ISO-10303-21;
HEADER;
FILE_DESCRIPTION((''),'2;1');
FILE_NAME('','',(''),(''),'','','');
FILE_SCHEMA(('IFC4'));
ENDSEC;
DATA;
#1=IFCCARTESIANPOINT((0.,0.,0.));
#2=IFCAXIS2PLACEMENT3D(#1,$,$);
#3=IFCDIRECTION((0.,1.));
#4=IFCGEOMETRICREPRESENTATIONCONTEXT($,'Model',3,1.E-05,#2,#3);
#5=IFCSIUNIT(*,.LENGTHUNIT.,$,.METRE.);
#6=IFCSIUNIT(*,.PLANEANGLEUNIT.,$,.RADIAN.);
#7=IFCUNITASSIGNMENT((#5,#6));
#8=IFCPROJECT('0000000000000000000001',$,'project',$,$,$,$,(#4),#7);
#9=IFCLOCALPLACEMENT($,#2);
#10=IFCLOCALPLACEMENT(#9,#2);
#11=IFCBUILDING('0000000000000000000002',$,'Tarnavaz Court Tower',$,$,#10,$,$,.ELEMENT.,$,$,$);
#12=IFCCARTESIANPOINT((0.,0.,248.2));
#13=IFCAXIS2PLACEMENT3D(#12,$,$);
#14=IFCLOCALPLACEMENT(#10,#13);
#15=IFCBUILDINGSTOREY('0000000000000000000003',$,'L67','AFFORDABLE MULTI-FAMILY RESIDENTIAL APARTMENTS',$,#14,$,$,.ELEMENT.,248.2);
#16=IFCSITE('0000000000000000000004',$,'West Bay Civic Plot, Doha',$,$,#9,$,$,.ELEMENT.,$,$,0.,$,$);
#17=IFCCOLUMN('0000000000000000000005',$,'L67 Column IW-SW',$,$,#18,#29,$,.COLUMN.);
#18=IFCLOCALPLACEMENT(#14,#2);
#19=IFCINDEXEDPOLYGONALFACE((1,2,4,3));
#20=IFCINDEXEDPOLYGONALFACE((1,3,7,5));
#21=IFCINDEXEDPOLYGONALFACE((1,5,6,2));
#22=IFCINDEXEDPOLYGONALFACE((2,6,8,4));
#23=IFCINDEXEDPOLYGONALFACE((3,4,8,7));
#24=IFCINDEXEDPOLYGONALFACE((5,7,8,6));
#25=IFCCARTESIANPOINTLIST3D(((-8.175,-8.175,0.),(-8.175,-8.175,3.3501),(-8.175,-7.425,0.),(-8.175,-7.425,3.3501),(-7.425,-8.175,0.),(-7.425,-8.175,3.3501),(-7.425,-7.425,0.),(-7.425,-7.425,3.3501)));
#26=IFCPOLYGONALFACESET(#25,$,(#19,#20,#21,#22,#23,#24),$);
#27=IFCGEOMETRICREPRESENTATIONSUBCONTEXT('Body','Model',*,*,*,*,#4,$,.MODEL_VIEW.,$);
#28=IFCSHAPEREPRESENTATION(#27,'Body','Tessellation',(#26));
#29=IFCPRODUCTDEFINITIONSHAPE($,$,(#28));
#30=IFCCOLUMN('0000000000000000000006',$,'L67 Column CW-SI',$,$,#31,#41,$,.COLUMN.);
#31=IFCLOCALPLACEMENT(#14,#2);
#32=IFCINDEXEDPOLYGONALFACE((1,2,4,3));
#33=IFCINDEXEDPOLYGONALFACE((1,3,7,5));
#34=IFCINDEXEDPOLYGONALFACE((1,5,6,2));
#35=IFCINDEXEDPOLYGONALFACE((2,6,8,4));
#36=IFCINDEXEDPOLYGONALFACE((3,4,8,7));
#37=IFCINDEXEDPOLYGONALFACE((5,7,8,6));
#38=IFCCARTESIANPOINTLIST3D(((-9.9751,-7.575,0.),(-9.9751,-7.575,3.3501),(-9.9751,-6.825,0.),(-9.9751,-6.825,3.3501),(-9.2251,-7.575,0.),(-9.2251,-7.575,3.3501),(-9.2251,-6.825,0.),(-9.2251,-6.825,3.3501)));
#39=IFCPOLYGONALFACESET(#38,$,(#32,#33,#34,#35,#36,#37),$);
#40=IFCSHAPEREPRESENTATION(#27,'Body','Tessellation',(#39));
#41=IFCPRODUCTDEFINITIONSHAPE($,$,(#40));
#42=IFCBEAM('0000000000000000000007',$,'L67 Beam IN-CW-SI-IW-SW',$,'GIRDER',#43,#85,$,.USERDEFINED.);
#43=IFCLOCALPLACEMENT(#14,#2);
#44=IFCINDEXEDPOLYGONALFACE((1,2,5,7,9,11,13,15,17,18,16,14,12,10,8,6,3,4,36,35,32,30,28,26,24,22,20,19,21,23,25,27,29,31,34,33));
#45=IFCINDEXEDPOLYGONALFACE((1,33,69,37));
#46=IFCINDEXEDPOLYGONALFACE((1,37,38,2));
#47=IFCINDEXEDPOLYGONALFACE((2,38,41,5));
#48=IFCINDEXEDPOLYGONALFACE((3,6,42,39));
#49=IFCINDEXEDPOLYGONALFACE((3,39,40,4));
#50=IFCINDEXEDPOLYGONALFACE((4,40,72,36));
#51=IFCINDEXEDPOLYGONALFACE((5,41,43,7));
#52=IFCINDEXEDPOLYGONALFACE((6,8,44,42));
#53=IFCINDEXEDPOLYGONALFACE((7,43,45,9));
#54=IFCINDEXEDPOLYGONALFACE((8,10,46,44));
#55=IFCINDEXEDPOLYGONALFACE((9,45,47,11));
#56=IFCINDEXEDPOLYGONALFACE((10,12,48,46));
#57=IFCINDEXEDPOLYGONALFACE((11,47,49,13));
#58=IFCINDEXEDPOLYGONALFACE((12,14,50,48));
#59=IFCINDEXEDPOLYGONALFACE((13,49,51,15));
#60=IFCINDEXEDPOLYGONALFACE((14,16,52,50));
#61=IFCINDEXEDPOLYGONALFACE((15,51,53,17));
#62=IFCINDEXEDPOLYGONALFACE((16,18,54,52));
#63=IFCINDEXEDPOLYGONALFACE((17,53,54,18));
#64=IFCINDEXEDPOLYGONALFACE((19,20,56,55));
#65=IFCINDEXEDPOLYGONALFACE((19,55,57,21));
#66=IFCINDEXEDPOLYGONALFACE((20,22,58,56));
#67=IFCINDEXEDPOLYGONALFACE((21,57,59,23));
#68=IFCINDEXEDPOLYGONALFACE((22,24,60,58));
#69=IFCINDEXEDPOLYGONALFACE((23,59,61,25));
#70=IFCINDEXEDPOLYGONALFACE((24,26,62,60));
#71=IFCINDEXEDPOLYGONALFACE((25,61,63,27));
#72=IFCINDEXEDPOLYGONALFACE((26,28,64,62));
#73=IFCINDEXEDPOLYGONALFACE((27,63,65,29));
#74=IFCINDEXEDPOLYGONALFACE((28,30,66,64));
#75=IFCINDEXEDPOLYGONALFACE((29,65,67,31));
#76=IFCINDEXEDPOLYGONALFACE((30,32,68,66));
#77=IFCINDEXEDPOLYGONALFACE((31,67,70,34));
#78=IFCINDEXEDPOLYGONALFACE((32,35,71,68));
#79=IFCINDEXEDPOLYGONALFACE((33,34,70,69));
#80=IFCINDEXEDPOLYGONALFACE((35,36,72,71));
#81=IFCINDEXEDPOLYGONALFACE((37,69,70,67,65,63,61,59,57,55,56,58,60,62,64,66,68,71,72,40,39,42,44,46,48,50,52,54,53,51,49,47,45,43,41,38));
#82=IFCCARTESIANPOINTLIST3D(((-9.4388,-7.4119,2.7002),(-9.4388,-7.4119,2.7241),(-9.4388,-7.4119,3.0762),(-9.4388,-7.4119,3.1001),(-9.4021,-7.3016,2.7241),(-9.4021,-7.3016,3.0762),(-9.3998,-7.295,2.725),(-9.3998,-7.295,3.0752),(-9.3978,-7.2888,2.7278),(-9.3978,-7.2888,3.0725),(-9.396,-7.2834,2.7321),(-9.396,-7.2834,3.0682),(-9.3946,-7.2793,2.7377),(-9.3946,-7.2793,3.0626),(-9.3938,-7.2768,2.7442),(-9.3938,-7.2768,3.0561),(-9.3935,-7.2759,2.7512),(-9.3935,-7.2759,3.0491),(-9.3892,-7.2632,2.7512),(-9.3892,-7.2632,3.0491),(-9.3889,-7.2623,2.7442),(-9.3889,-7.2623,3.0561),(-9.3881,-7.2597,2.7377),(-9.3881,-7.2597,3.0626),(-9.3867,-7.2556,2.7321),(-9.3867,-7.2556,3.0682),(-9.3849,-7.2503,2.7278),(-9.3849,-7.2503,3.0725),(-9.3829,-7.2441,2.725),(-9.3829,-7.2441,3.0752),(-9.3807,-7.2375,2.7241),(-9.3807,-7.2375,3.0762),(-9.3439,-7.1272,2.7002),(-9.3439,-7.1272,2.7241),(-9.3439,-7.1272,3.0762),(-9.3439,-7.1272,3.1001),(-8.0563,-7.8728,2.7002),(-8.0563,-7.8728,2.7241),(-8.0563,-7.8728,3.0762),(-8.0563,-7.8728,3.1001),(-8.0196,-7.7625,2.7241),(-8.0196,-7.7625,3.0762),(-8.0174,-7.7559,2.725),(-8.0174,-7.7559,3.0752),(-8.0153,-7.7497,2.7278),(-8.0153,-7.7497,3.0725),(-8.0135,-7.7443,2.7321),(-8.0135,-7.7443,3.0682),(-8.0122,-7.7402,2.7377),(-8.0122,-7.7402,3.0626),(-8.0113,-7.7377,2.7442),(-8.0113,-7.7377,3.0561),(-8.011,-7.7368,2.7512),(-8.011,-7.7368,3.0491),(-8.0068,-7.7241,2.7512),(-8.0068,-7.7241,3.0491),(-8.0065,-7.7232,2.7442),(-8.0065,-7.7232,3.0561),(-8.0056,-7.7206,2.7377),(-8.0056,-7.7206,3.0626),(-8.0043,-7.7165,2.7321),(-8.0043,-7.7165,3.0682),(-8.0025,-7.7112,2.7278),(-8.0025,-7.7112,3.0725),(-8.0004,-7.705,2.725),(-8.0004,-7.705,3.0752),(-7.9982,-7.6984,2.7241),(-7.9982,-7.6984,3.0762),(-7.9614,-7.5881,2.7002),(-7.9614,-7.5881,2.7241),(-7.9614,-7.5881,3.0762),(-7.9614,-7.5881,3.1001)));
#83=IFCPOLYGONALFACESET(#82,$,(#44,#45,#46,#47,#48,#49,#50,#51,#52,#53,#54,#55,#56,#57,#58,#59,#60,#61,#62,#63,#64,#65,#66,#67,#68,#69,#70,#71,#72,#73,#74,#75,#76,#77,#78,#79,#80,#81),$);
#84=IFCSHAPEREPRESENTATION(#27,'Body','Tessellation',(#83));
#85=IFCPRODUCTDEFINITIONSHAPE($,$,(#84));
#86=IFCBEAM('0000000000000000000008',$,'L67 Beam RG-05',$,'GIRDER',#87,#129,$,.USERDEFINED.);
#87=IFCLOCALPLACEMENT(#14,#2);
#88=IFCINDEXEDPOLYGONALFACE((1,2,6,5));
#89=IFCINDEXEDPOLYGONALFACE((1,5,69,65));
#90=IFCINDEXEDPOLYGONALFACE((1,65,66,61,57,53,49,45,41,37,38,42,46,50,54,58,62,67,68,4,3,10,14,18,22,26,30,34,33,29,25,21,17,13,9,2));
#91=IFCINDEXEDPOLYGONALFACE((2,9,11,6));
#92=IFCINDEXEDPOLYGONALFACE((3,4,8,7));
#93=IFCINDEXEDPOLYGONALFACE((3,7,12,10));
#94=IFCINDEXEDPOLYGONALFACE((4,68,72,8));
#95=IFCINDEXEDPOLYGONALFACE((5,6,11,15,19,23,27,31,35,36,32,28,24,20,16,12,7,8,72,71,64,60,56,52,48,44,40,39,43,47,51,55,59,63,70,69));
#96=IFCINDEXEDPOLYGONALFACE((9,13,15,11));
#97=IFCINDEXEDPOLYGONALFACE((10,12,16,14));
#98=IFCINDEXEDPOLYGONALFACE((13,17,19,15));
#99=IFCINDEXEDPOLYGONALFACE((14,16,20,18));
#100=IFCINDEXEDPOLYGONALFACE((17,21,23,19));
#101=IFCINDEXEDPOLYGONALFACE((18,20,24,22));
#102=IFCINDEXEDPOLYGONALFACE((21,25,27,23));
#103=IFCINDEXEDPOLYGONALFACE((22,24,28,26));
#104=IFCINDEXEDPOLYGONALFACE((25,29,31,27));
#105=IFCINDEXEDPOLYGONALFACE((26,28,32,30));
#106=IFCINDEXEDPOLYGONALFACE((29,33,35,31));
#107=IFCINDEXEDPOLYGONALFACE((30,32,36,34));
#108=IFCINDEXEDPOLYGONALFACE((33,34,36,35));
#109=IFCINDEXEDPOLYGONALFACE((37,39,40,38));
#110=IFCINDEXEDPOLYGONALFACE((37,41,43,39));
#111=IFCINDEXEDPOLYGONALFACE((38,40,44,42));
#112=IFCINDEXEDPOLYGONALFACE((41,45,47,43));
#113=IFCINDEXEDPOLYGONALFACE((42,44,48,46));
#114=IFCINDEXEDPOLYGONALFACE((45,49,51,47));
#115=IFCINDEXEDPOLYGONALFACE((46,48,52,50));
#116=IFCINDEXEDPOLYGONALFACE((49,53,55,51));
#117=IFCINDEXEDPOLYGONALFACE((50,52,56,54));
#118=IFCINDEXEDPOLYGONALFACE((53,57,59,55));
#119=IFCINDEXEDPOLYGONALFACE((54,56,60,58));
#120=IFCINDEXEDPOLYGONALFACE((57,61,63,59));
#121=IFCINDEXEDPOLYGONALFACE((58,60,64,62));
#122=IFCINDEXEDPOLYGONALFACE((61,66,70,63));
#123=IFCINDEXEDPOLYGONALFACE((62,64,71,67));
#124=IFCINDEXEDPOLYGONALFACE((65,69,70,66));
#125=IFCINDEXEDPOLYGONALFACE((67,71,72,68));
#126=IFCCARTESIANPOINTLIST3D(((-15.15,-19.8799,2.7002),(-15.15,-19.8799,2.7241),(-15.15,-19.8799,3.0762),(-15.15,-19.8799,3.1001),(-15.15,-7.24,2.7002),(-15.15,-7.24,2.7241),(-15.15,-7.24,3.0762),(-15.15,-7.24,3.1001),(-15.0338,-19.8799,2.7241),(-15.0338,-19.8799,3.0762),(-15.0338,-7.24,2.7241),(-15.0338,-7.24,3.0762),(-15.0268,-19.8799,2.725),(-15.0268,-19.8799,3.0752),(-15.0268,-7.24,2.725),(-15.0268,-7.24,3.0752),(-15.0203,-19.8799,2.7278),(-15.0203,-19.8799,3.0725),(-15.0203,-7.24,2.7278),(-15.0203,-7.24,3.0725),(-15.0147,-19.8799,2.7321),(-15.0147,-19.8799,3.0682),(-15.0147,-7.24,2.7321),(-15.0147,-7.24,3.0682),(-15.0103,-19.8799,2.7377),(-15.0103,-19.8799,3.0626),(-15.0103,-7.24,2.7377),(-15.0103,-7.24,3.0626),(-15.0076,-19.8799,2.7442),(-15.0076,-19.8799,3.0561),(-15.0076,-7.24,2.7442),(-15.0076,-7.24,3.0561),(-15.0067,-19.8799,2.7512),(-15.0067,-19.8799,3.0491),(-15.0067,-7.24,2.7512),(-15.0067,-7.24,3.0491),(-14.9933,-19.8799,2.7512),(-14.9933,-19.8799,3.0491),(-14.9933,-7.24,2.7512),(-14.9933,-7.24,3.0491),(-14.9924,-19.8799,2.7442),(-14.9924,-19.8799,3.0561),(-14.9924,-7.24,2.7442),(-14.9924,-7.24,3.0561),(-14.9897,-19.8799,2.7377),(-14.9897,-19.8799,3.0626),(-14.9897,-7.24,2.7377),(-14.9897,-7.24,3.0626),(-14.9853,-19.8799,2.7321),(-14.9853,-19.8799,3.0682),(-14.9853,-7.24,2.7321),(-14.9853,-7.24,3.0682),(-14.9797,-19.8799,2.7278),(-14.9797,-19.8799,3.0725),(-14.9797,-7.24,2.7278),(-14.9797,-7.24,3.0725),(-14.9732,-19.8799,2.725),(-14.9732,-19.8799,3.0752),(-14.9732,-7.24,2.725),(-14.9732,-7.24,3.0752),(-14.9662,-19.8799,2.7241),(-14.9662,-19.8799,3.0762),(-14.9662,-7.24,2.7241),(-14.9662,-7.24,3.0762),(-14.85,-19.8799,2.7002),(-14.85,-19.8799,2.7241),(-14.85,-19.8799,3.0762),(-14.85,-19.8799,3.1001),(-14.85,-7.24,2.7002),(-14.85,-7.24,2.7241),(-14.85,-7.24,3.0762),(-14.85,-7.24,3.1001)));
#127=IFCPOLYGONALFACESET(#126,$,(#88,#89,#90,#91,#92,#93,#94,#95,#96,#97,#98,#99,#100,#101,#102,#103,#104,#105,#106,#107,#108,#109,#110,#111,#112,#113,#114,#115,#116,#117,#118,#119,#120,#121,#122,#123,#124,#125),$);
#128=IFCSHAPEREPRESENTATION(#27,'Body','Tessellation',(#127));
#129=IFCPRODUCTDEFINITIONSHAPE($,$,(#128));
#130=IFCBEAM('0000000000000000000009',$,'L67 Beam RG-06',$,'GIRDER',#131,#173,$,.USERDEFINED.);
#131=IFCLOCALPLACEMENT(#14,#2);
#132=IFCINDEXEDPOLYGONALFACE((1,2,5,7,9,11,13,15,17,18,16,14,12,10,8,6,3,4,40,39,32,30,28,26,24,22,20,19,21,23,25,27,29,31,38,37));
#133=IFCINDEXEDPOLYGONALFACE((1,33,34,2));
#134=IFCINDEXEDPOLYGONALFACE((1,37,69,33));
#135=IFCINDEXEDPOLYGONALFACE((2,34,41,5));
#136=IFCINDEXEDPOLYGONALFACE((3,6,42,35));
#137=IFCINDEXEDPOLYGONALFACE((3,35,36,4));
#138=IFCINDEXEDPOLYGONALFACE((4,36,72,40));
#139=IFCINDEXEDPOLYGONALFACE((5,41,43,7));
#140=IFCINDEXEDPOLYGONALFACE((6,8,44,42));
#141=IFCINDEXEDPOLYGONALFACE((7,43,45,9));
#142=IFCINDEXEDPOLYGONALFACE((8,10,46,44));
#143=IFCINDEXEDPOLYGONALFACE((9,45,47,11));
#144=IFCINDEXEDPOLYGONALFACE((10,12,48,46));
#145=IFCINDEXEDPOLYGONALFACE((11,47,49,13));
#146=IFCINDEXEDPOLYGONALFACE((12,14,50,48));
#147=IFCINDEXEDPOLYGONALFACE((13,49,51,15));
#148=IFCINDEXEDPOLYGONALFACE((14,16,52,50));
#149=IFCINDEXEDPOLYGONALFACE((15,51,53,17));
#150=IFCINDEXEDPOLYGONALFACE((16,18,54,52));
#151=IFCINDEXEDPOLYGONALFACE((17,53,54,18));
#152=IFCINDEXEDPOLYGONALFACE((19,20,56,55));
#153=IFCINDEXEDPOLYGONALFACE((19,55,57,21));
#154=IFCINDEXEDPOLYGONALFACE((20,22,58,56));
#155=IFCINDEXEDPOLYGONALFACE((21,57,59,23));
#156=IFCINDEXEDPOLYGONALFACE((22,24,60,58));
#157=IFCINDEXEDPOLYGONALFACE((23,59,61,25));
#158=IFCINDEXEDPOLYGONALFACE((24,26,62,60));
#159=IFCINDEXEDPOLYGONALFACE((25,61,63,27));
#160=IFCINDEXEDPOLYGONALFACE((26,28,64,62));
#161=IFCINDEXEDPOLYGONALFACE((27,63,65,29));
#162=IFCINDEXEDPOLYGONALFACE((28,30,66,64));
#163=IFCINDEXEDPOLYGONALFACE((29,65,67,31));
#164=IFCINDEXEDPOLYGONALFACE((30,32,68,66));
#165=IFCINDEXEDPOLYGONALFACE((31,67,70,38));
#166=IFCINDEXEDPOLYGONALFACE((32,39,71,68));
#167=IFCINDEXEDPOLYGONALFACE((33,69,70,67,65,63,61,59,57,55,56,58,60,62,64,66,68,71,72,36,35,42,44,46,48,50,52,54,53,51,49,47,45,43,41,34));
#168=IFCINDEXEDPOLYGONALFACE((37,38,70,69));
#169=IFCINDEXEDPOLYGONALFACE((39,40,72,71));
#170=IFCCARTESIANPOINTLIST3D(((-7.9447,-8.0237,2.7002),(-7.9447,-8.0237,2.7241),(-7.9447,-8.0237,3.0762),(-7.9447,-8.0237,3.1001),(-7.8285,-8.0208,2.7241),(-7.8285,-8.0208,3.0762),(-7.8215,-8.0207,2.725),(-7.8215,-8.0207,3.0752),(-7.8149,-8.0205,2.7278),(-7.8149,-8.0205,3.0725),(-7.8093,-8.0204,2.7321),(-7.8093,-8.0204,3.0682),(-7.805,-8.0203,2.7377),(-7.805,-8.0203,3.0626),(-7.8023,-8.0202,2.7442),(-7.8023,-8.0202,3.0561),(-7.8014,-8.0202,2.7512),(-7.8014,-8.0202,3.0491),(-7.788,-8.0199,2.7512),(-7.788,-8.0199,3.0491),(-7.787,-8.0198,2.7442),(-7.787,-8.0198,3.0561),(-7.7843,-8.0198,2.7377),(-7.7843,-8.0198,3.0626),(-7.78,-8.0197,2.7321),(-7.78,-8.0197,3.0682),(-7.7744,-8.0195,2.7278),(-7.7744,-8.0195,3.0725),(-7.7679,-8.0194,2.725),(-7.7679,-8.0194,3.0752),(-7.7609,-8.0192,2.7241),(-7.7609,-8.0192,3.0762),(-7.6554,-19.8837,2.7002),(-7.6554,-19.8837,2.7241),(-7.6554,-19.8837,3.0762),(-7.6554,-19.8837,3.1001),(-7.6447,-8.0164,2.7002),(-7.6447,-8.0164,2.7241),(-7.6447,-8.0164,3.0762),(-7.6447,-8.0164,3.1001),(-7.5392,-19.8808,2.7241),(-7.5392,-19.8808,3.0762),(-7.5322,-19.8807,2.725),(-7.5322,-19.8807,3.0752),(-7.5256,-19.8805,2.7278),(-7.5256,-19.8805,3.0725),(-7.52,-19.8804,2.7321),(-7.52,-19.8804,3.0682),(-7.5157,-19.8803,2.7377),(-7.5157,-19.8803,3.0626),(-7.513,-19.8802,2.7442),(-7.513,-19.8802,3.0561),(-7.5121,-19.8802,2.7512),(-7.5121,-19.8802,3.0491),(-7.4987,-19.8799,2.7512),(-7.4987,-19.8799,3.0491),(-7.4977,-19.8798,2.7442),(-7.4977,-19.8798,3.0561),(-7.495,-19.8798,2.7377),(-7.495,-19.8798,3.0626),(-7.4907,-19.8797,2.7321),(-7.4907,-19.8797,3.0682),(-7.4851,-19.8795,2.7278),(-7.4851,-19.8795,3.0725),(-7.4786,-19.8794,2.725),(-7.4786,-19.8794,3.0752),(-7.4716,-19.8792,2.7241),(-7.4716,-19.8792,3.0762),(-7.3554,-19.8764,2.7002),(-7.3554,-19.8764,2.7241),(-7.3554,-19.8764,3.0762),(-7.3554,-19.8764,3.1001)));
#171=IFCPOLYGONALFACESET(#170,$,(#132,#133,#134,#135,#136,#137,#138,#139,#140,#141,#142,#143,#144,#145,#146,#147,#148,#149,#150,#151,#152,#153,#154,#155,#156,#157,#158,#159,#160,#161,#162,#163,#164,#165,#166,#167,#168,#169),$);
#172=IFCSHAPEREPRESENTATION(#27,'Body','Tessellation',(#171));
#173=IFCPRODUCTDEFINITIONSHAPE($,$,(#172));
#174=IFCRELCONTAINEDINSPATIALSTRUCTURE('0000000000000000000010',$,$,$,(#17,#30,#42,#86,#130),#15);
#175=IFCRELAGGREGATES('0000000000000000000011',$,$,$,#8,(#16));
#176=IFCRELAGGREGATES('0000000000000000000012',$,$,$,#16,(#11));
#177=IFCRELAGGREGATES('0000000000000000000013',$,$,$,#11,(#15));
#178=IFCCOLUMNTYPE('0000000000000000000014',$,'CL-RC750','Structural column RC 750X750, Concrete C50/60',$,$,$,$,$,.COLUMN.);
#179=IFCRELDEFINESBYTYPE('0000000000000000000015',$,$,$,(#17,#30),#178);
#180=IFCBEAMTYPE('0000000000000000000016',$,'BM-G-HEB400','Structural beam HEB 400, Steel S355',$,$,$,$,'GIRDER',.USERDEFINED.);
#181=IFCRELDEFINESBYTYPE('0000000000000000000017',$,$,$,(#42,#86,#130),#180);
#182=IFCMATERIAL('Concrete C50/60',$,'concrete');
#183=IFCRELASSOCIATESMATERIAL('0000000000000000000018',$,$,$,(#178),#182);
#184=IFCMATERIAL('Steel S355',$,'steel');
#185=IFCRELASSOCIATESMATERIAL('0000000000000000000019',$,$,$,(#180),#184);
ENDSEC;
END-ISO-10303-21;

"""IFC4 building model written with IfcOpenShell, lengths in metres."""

from ifc_helpers import new_model, si_unit, direction, frame, origin, origin_2d, place, context, subcontext, project, spatial, rectangle, i_section, extrude, material, material_profile, profile_set, type_object, element, save


model = new_model("IFC4")

# Units and contexts
model_context = context("Model", 3, precision=1e-05, world=origin(), true_north=direction((0.0, 1.0)))
body_context = subcontext(model_context, "Body", "Model", "MODEL_VIEW")
ifc_project = project(units=[si_unit("LENGTHUNIT", "METRE"), si_unit("PLANEANGLEUNIT", "RADIAN")], contexts=[model_context])

# Site, building, storey
site_placement = place(None, origin())
site = spatial("IfcSite", under=ifc_project, at=site_placement, Name="West Bay Civic Plot, Doha", CompositionType="ELEMENT", RefElevation=0.0)
building_placement = place(site_placement, origin())
building = spatial("IfcBuilding", under=site, at=building_placement, Name="Tarnavaz Court Tower", CompositionType="ELEMENT")
storey_placement = place(building_placement, frame((0.0, 0.0, 248.2)))
storey = spatial("IfcBuildingStorey", under=building, at=storey_placement, Name="L67", Description="AFFORDABLE MULTI-FAMILY RESIDENTIAL APARTMENTS", CompositionType="ELEMENT", Elevation=248.2)

# Columns
ifc_material_1 = material(Name="Concrete C50/60", Category="concrete")
ifc_material_profile_1 = material_profile(ifc_material_1, rectangle(XDim=0.75, YDim=0.75, at=origin_2d()), Name="RC 750X750")
ifc_profile_set_1 = profile_set([ifc_material_profile_1], Name="Concrete C50/60")
column_type = type_object("IfcColumnType", Name="CL-RC750", Description="Structural column RC 750X750, Concrete C50/60", PredefinedType="COLUMN", material=ifc_profile_set_1)
for number, where, z_axis, x_axis, name in (
    (1, (-7.8, -7.8, 0.0), (0.0, 0.0, 1.0), (1.0, 0.0, 0.0), "L67 Column IW-SW"),
    (2, (-9.6001, -7.2, 0.0), (0.0, 0.0, 1.0), (1.0, 0.0, 0.0), "L67 Column CW-SI"),
):
    element("IfcColumn", number, at=place(storey_placement, frame(where, z_axis=z_axis, x_axis=x_axis)), inside=storey, type_object=column_type, Name=name, PredefinedType="COLUMN", context=body_context, shape_type="SweptSolid", body=[
        extrude(rectangle(XDim=0.75, YDim=0.75, at=origin_2d()), origin(), (0.0, 0.0, 1.0), 3.3501),
    ])

# Beams
ifc_material_2 = material(Name="Steel S355", Category="steel")
ifc_material_profile_2 = material_profile(ifc_material_2, i_section(OverallWidth=0.3, OverallDepth=0.3999, WebThickness=0.0134, FlangeThickness=0.0239, FilletRadius=0.0271, at=origin_2d()), Name="HEB 400")
ifc_profile_set_2 = profile_set([ifc_material_profile_2], Name="Steel S355")
beam_type_1 = type_object("IfcBeamType", Name="BM-G-HEB400", Description="Structural beam HEB 400, Steel S355", ElementType="GIRDER", PredefinedType="USERDEFINED", material=ifc_profile_set_2)
beam_1_placement = place(storey_placement, frame((-9.3914, -7.2695, 2.9001), z_axis=(0.948667, -0.316278, 0.0), x_axis=(0.316278, 0.948667, 0.0)))
element("IfcBeam", 3, at=beam_1_placement, inside=storey, type_object=beam_type_1, Name="L67 Beam IN-CW-SI-IW-SW", ObjectType="GIRDER", PredefinedType="USERDEFINED", context=body_context, shape_type="SweptSolid", body=[
    extrude(i_section(OverallWidth=0.3, OverallDepth=0.3999, WebThickness=0.0134, FlangeThickness=0.0239, FilletRadius=0.0271, at=origin_2d()), origin(), (0.0, 0.0, 1.0), 1.4573),
])
beam_2_placement = place(storey_placement, frame((-15.0, -7.24, 2.9001), z_axis=(0.0, -1.0, 0.0), x_axis=(1.0, 0.0, 0.0)))
element("IfcBeam", 4, at=beam_2_placement, inside=storey, type_object=beam_type_1, Name="L67 Beam RG-05", ObjectType="GIRDER", PredefinedType="USERDEFINED", context=body_context, shape_type="SweptSolid", body=[
    extrude(i_section(OverallWidth=0.3, OverallDepth=0.3999, WebThickness=0.0134, FlangeThickness=0.0239, FilletRadius=0.0271, at=origin_2d()), origin(), (0.0, 0.0, 1.0), 12.6399),
])
beam_3_placement = place(storey_placement, frame((-7.7947, -8.02, 2.9001), z_axis=(0.024386, -0.999703, 0.0), x_axis=(0.999703, 0.024386, 0.0)))
element("IfcBeam", 5, at=beam_3_placement, inside=storey, type_object=beam_type_1, Name="L67 Beam RG-06", ObjectType="GIRDER", PredefinedType="USERDEFINED", context=body_context, shape_type="SweptSolid", body=[
    extrude(i_section(OverallWidth=0.3, OverallDepth=0.3999, WebThickness=0.0134, FlangeThickness=0.0239, FilletRadius=0.0271, at=origin_2d()), origin(), (0.0, 0.0, 1.0), 11.8635),
])

save(model, "model.ifc")
